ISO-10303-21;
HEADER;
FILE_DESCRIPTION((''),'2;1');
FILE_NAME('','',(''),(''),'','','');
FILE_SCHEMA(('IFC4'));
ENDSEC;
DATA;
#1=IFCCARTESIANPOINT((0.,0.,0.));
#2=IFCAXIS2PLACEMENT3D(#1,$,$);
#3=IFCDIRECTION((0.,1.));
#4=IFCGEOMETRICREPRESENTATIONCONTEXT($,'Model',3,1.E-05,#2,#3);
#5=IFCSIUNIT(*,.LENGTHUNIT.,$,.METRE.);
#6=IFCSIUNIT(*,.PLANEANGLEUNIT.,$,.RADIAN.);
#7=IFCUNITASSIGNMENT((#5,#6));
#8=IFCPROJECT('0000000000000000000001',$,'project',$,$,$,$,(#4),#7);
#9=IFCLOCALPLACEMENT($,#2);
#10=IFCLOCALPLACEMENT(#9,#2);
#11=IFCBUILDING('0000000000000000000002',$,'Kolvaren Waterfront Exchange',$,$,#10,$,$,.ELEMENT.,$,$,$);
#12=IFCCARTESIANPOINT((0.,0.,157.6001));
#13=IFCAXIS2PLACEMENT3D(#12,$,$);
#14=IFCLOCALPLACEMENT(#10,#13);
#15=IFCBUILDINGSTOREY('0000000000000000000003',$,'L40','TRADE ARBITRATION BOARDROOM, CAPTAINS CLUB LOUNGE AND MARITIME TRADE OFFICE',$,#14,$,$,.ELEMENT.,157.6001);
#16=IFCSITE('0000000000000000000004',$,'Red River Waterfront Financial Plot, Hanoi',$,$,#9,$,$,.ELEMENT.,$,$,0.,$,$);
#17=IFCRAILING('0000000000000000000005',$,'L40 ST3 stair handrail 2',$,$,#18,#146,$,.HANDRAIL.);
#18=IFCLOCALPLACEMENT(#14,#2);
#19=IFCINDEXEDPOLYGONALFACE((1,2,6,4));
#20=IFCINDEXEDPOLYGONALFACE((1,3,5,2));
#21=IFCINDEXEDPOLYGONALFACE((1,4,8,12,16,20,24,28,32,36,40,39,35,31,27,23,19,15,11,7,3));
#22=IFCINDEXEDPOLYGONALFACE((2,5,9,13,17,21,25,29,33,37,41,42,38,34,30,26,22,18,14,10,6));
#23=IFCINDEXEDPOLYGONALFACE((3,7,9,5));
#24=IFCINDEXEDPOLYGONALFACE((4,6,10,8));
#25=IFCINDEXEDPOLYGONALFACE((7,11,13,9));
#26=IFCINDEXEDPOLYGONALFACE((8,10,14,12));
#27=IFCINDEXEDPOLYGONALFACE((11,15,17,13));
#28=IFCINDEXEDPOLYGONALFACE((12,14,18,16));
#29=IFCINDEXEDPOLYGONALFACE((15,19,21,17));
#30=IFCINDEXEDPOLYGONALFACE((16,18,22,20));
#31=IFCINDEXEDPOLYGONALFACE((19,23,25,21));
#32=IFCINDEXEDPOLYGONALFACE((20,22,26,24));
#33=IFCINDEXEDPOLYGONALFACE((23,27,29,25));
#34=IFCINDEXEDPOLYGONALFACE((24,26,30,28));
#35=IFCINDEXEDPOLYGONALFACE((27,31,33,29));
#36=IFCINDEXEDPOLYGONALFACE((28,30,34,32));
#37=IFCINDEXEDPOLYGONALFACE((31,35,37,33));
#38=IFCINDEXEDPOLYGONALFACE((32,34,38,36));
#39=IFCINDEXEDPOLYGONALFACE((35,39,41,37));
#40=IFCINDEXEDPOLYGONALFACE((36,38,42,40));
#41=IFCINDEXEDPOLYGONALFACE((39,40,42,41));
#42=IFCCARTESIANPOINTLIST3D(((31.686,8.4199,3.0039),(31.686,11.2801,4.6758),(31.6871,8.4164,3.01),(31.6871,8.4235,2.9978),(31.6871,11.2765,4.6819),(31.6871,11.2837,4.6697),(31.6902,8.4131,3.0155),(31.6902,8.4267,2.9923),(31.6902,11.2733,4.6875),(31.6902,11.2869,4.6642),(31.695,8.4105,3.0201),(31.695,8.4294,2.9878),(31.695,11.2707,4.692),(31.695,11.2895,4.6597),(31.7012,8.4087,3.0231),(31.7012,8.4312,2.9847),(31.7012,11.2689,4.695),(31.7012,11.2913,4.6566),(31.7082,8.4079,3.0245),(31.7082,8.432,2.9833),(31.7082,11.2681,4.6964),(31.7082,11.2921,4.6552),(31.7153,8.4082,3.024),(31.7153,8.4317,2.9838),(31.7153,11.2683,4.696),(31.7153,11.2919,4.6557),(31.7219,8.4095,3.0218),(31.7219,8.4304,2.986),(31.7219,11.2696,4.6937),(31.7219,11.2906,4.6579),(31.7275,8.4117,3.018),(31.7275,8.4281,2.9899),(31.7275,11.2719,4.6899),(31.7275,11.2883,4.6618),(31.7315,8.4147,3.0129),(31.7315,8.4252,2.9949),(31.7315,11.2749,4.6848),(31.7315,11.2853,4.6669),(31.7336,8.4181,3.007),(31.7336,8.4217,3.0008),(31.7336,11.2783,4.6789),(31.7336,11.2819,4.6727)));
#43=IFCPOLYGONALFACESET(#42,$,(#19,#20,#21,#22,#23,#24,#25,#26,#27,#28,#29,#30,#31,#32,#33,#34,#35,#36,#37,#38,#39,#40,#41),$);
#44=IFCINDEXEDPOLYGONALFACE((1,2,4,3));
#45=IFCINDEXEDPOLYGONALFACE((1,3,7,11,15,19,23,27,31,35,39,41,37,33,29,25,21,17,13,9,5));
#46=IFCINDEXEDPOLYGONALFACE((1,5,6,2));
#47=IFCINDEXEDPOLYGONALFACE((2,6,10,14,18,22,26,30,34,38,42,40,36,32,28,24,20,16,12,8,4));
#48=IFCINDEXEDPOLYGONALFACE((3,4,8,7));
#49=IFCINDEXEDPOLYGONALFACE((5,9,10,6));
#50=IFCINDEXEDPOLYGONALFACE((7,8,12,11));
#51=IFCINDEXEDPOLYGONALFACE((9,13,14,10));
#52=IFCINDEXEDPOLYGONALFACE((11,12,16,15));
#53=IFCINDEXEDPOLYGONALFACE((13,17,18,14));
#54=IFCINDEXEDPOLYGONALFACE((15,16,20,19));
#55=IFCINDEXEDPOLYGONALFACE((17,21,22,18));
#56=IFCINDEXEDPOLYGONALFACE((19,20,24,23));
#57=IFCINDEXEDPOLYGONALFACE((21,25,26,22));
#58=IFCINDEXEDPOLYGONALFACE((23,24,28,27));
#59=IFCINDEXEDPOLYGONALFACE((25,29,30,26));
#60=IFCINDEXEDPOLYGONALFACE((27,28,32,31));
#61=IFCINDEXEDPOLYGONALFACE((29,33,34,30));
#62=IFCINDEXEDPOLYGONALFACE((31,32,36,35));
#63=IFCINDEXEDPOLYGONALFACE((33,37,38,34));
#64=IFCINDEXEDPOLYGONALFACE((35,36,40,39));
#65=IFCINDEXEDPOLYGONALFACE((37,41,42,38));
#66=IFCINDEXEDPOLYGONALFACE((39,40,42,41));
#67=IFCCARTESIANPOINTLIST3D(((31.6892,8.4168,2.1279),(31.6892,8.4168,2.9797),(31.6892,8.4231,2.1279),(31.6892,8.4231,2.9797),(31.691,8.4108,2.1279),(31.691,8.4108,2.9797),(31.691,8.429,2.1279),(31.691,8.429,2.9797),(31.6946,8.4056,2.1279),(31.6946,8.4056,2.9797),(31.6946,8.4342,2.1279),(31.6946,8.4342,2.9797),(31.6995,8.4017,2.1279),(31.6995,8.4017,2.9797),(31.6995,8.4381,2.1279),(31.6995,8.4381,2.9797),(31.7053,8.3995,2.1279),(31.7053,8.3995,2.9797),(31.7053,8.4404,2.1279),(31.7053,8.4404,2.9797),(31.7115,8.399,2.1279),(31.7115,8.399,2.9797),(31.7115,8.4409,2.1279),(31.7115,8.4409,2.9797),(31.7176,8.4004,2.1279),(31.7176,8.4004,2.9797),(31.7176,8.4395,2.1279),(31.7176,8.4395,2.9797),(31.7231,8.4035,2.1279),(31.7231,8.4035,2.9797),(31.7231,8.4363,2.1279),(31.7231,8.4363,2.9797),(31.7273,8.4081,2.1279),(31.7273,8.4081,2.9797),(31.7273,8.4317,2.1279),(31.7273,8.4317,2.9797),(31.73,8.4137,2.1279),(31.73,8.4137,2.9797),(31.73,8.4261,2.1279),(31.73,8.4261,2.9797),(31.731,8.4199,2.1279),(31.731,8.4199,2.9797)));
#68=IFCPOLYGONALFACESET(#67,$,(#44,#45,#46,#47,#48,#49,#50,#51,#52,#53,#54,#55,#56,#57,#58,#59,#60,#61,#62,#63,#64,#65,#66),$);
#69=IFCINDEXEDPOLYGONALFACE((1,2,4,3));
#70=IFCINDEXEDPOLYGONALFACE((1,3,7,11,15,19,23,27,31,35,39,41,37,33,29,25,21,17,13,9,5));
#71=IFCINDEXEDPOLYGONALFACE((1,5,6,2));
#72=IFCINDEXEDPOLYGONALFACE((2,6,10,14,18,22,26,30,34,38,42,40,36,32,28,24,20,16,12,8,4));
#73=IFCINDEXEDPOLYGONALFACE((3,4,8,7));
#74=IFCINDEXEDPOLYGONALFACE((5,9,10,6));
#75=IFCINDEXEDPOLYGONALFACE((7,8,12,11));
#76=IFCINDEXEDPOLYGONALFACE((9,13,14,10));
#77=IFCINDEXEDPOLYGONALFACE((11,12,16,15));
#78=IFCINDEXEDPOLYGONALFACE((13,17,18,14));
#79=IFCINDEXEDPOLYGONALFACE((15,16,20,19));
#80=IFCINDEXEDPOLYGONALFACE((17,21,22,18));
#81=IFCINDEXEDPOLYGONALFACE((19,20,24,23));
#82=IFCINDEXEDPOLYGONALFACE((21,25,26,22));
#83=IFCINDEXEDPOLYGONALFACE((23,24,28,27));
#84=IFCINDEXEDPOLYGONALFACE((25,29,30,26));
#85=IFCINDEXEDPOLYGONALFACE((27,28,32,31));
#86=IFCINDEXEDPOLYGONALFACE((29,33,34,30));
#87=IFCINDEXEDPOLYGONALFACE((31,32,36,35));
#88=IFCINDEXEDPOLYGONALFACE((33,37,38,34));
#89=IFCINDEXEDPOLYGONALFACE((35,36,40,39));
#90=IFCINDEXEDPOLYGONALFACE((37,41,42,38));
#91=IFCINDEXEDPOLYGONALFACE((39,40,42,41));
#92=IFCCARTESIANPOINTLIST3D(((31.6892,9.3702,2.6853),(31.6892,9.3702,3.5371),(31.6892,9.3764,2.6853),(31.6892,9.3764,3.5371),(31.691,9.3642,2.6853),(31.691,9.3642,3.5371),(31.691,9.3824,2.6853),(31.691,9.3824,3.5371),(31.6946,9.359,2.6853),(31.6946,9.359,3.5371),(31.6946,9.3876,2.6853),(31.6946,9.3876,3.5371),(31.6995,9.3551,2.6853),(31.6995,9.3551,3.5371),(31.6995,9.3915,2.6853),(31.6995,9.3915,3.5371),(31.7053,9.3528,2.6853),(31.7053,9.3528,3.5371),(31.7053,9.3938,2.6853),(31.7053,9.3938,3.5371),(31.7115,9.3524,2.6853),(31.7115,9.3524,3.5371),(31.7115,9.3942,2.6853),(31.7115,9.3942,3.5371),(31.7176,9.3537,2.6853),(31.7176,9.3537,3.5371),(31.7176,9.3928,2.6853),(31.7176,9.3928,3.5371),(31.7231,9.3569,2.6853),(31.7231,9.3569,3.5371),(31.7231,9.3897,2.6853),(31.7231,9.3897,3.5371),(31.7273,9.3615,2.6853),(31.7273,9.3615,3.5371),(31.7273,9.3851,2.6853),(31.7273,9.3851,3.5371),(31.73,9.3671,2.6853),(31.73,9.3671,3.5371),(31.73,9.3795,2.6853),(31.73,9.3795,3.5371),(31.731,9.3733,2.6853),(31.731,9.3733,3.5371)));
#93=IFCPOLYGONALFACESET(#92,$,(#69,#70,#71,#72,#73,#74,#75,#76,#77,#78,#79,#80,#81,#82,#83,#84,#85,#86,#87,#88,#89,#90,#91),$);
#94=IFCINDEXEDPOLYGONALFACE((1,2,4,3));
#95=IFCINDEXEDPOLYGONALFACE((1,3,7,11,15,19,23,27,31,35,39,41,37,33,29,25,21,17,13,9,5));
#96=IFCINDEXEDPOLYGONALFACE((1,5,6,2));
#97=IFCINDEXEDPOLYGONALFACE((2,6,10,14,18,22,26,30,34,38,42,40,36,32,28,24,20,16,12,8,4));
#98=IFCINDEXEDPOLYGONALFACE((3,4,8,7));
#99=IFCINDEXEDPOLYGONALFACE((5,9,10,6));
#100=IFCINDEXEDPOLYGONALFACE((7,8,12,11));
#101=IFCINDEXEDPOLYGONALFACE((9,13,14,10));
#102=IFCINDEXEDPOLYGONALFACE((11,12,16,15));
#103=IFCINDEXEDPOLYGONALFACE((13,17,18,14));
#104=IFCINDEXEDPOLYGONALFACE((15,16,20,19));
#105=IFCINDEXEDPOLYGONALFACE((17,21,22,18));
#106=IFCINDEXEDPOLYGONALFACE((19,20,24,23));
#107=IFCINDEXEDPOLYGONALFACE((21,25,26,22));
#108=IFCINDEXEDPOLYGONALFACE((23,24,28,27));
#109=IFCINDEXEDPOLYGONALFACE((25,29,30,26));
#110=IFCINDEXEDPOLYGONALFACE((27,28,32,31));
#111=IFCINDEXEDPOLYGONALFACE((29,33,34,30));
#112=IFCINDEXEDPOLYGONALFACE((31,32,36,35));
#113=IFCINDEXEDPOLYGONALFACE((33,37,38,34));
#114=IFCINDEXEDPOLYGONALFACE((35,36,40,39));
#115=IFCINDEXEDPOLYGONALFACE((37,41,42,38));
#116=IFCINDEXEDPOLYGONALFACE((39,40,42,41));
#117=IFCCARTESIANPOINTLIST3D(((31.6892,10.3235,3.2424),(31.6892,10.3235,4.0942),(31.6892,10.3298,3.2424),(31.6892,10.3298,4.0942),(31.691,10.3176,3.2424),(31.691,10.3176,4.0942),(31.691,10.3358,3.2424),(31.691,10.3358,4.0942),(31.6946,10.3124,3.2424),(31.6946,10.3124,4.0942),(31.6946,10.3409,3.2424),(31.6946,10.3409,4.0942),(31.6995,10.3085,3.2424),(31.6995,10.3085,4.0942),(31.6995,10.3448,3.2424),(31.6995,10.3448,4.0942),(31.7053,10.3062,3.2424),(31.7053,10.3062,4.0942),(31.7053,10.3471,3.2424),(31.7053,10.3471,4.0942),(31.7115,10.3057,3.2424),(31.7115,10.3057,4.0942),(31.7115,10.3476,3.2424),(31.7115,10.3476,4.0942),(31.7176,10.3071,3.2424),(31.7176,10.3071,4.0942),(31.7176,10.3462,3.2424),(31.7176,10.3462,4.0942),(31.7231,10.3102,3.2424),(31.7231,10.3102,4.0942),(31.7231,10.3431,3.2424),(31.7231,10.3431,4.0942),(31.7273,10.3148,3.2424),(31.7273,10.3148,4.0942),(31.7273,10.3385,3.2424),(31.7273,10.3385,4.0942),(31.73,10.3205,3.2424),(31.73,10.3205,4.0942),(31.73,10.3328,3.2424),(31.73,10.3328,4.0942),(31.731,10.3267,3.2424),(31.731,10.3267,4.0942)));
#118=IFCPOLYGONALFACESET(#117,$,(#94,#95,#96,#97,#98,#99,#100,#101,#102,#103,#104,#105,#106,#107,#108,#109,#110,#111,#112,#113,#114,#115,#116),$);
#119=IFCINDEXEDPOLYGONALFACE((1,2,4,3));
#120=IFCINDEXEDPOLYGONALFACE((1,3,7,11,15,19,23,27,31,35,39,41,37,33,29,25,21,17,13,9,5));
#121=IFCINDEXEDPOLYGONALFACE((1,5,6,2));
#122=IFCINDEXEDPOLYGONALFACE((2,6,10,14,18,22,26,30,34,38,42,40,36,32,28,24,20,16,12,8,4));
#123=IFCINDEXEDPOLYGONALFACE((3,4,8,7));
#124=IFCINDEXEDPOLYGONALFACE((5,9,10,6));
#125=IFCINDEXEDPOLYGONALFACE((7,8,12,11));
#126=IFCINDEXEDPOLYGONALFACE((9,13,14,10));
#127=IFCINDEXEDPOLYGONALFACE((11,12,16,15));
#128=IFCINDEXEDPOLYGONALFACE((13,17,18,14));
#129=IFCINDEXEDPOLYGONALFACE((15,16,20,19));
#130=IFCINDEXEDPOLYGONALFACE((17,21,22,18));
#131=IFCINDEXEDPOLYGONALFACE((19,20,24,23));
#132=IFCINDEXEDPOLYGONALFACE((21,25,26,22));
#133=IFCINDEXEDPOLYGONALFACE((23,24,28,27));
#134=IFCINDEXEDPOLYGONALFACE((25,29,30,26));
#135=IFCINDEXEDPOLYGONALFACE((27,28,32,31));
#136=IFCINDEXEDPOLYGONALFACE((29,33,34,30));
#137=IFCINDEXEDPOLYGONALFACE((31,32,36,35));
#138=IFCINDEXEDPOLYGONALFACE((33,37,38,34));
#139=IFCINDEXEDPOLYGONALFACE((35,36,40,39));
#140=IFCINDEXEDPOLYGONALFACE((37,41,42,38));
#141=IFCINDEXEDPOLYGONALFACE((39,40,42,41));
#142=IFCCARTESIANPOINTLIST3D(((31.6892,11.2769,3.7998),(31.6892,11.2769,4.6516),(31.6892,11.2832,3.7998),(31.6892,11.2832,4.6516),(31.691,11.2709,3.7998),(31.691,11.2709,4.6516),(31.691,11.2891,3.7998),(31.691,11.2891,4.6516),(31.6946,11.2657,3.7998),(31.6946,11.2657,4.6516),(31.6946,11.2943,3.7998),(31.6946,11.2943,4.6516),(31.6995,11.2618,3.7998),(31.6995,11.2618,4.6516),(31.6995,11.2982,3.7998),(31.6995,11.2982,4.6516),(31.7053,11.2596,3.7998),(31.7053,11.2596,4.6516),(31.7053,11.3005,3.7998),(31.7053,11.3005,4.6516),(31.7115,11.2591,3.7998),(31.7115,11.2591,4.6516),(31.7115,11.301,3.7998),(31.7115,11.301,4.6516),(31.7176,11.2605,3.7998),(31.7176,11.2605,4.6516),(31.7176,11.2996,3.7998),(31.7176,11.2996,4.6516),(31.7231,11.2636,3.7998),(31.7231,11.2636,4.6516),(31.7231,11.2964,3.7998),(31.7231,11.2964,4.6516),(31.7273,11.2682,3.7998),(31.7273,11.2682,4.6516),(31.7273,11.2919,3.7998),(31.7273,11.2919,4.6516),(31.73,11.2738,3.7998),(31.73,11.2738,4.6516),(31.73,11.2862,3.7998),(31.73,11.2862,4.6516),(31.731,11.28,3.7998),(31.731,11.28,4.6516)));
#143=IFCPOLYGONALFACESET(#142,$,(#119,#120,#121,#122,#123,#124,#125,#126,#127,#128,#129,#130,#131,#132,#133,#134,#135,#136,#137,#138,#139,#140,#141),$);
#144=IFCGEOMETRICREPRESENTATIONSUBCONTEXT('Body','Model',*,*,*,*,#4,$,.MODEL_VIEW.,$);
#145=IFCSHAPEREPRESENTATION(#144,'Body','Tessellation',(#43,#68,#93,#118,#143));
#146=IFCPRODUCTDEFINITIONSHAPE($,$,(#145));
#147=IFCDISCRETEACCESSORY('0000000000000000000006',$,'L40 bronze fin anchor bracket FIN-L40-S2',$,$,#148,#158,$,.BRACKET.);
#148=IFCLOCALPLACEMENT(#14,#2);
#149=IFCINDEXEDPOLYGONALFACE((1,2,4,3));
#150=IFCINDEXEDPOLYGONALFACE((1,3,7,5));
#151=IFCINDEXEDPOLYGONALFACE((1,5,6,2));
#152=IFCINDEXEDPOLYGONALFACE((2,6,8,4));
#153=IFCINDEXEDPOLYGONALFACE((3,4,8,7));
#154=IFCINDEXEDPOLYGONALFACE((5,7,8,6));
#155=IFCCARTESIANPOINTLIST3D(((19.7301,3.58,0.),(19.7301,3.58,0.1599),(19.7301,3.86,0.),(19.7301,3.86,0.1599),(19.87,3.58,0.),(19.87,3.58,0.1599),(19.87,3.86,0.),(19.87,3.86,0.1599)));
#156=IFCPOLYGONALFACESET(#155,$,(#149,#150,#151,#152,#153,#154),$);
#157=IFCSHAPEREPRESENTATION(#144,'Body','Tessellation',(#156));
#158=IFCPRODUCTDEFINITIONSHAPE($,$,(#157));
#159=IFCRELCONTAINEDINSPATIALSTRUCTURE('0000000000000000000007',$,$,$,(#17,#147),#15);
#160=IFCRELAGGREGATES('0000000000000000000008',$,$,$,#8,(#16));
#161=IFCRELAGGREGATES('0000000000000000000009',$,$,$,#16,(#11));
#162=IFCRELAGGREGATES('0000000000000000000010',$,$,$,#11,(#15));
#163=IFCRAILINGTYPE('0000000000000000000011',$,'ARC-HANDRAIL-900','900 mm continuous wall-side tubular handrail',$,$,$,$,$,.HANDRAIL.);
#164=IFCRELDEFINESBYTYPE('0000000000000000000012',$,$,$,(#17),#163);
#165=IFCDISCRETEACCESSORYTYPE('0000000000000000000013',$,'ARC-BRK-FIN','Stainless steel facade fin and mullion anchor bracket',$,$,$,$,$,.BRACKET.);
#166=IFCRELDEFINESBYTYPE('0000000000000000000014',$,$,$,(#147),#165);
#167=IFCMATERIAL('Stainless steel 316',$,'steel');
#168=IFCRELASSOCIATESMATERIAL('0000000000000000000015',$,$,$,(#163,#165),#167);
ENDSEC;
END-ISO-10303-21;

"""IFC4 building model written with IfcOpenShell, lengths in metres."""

from ifc_helpers import new_model, si_unit, direction, frame, origin, origin_with_axes, origin_2d, place, context, subcontext, project, spatial, rectangle, circle, extrude, source, transform, mapped, material, type_object, element, save


model = new_model("IFC4")

# Units and contexts
model_context = context("Model", 3, precision=1e-05, world=origin(), true_north=direction((0.0, 1.0)))
body_context = subcontext(model_context, "Body", "Model", "MODEL_VIEW")
ifc_project = project(units=[si_unit("LENGTHUNIT", "METRE"), si_unit("PLANEANGLEUNIT", "RADIAN")], contexts=[model_context])

# Site, building, storey
site_placement = place(None, origin())
site = spatial("IfcSite", under=ifc_project, at=site_placement, Name="Red River Waterfront Financial Plot, Hanoi", CompositionType="ELEMENT", RefElevation=0.0)
building_placement = place(site_placement, origin())
building = spatial("IfcBuilding", under=site, at=building_placement, Name="Kolvaren Waterfront Exchange", CompositionType="ELEMENT")
storey_placement = place(building_placement, frame((0.0, 0.0, 157.6001)))
storey = spatial("IfcBuildingStorey", under=building, at=storey_placement, Name="L40", Description="TRADE ARBITRATION BOARDROOM, CAPTAINS CLUB LOUNGE AND MARITIME TRADE OFFICE", CompositionType="ELEMENT", Elevation=157.6001)

# Railing
ifc_material_1 = material(Name="Stainless steel 316", Category="steel")
railing_type_1 = type_object("IfcRailingType", Name="ARC-HANDRAIL-900", Description="900 mm continuous wall-side tubular handrail", PredefinedType="HANDRAIL", material=ifc_material_1)
railing_1_placement = place(storey_placement, frame((31.71, 8.4199, 2.1279)))
element("IfcRailing", 1, at=railing_1_placement, inside=storey, type_object=railing_type_1, Name="L40 ST3 stair handrail 2", PredefinedType="HANDRAIL", context=body_context, shape_type="SweptSolid", body=[
    extrude(circle(Radius=0.0239, at=origin_2d()), frame((0.0, 0.0, 0.876), z_axis=(0.0, 0.863321, 0.504654), x_axis=(-1.0, 0.0, 0.0)), (0.0, 0.0, 1.0), 3.313),
    extrude(circle(Radius=0.021, at=origin_2d()), origin(), (0.0, 0.0, 1.0), 0.8518),
    extrude(circle(Radius=0.021, at=origin_2d()), frame((0.0, 0.9534, 0.5574)), (0.0, 0.0, 1.0), 0.8518),
    extrude(circle(Radius=0.021, at=origin_2d()), frame((0.0, 1.9067, 1.1145)), (0.0, 0.0, 1.0), 0.8518),
    extrude(circle(Radius=0.021, at=origin_2d()), frame((0.0, 2.8601, 1.6719)), (0.0, 0.0, 1.0), 0.8518),
])

# Discrete accessory
discrete_accessory_type = type_object("IfcDiscreteAccessoryType", Name="ARC-BRK-FIN", Description="Stainless steel facade fin and mullion anchor bracket", PredefinedType="BRACKET", material=ifc_material_1)
shared_shape_1 = source(origin_with_axes(), body_context, "Body", "SweptSolid", [
    extrude(rectangle(XDim=0.28, YDim=0.1399, at=origin_2d()), origin(), (0.0, 0.0, 1.0), 0.1599),
])
discrete_accessory_placement = place(storey_placement, frame((19.8, 3.72, 0.0), z_axis=(0.0, 0.0, 1.0), x_axis=(0.0, -1.0, 0.0)))
element("IfcDiscreteAccessory", 2, at=discrete_accessory_placement, inside=storey, type_object=discrete_accessory_type, Name="L40 bronze fin anchor bracket FIN-L40-S2", PredefinedType="BRACKET", context=body_context, shape_type="MappedRepresentation", body=[
    mapped(shared_shape_1, transform((0.0, 0.0, 0.0), x_axis=(1.0, 0.0, 0.0), y_axis=(0.0, 1.0, 0.0), z_axis=(0.0, 0.0, 1.0), scale=1.0)),
])

save(model, "model.ifc")
